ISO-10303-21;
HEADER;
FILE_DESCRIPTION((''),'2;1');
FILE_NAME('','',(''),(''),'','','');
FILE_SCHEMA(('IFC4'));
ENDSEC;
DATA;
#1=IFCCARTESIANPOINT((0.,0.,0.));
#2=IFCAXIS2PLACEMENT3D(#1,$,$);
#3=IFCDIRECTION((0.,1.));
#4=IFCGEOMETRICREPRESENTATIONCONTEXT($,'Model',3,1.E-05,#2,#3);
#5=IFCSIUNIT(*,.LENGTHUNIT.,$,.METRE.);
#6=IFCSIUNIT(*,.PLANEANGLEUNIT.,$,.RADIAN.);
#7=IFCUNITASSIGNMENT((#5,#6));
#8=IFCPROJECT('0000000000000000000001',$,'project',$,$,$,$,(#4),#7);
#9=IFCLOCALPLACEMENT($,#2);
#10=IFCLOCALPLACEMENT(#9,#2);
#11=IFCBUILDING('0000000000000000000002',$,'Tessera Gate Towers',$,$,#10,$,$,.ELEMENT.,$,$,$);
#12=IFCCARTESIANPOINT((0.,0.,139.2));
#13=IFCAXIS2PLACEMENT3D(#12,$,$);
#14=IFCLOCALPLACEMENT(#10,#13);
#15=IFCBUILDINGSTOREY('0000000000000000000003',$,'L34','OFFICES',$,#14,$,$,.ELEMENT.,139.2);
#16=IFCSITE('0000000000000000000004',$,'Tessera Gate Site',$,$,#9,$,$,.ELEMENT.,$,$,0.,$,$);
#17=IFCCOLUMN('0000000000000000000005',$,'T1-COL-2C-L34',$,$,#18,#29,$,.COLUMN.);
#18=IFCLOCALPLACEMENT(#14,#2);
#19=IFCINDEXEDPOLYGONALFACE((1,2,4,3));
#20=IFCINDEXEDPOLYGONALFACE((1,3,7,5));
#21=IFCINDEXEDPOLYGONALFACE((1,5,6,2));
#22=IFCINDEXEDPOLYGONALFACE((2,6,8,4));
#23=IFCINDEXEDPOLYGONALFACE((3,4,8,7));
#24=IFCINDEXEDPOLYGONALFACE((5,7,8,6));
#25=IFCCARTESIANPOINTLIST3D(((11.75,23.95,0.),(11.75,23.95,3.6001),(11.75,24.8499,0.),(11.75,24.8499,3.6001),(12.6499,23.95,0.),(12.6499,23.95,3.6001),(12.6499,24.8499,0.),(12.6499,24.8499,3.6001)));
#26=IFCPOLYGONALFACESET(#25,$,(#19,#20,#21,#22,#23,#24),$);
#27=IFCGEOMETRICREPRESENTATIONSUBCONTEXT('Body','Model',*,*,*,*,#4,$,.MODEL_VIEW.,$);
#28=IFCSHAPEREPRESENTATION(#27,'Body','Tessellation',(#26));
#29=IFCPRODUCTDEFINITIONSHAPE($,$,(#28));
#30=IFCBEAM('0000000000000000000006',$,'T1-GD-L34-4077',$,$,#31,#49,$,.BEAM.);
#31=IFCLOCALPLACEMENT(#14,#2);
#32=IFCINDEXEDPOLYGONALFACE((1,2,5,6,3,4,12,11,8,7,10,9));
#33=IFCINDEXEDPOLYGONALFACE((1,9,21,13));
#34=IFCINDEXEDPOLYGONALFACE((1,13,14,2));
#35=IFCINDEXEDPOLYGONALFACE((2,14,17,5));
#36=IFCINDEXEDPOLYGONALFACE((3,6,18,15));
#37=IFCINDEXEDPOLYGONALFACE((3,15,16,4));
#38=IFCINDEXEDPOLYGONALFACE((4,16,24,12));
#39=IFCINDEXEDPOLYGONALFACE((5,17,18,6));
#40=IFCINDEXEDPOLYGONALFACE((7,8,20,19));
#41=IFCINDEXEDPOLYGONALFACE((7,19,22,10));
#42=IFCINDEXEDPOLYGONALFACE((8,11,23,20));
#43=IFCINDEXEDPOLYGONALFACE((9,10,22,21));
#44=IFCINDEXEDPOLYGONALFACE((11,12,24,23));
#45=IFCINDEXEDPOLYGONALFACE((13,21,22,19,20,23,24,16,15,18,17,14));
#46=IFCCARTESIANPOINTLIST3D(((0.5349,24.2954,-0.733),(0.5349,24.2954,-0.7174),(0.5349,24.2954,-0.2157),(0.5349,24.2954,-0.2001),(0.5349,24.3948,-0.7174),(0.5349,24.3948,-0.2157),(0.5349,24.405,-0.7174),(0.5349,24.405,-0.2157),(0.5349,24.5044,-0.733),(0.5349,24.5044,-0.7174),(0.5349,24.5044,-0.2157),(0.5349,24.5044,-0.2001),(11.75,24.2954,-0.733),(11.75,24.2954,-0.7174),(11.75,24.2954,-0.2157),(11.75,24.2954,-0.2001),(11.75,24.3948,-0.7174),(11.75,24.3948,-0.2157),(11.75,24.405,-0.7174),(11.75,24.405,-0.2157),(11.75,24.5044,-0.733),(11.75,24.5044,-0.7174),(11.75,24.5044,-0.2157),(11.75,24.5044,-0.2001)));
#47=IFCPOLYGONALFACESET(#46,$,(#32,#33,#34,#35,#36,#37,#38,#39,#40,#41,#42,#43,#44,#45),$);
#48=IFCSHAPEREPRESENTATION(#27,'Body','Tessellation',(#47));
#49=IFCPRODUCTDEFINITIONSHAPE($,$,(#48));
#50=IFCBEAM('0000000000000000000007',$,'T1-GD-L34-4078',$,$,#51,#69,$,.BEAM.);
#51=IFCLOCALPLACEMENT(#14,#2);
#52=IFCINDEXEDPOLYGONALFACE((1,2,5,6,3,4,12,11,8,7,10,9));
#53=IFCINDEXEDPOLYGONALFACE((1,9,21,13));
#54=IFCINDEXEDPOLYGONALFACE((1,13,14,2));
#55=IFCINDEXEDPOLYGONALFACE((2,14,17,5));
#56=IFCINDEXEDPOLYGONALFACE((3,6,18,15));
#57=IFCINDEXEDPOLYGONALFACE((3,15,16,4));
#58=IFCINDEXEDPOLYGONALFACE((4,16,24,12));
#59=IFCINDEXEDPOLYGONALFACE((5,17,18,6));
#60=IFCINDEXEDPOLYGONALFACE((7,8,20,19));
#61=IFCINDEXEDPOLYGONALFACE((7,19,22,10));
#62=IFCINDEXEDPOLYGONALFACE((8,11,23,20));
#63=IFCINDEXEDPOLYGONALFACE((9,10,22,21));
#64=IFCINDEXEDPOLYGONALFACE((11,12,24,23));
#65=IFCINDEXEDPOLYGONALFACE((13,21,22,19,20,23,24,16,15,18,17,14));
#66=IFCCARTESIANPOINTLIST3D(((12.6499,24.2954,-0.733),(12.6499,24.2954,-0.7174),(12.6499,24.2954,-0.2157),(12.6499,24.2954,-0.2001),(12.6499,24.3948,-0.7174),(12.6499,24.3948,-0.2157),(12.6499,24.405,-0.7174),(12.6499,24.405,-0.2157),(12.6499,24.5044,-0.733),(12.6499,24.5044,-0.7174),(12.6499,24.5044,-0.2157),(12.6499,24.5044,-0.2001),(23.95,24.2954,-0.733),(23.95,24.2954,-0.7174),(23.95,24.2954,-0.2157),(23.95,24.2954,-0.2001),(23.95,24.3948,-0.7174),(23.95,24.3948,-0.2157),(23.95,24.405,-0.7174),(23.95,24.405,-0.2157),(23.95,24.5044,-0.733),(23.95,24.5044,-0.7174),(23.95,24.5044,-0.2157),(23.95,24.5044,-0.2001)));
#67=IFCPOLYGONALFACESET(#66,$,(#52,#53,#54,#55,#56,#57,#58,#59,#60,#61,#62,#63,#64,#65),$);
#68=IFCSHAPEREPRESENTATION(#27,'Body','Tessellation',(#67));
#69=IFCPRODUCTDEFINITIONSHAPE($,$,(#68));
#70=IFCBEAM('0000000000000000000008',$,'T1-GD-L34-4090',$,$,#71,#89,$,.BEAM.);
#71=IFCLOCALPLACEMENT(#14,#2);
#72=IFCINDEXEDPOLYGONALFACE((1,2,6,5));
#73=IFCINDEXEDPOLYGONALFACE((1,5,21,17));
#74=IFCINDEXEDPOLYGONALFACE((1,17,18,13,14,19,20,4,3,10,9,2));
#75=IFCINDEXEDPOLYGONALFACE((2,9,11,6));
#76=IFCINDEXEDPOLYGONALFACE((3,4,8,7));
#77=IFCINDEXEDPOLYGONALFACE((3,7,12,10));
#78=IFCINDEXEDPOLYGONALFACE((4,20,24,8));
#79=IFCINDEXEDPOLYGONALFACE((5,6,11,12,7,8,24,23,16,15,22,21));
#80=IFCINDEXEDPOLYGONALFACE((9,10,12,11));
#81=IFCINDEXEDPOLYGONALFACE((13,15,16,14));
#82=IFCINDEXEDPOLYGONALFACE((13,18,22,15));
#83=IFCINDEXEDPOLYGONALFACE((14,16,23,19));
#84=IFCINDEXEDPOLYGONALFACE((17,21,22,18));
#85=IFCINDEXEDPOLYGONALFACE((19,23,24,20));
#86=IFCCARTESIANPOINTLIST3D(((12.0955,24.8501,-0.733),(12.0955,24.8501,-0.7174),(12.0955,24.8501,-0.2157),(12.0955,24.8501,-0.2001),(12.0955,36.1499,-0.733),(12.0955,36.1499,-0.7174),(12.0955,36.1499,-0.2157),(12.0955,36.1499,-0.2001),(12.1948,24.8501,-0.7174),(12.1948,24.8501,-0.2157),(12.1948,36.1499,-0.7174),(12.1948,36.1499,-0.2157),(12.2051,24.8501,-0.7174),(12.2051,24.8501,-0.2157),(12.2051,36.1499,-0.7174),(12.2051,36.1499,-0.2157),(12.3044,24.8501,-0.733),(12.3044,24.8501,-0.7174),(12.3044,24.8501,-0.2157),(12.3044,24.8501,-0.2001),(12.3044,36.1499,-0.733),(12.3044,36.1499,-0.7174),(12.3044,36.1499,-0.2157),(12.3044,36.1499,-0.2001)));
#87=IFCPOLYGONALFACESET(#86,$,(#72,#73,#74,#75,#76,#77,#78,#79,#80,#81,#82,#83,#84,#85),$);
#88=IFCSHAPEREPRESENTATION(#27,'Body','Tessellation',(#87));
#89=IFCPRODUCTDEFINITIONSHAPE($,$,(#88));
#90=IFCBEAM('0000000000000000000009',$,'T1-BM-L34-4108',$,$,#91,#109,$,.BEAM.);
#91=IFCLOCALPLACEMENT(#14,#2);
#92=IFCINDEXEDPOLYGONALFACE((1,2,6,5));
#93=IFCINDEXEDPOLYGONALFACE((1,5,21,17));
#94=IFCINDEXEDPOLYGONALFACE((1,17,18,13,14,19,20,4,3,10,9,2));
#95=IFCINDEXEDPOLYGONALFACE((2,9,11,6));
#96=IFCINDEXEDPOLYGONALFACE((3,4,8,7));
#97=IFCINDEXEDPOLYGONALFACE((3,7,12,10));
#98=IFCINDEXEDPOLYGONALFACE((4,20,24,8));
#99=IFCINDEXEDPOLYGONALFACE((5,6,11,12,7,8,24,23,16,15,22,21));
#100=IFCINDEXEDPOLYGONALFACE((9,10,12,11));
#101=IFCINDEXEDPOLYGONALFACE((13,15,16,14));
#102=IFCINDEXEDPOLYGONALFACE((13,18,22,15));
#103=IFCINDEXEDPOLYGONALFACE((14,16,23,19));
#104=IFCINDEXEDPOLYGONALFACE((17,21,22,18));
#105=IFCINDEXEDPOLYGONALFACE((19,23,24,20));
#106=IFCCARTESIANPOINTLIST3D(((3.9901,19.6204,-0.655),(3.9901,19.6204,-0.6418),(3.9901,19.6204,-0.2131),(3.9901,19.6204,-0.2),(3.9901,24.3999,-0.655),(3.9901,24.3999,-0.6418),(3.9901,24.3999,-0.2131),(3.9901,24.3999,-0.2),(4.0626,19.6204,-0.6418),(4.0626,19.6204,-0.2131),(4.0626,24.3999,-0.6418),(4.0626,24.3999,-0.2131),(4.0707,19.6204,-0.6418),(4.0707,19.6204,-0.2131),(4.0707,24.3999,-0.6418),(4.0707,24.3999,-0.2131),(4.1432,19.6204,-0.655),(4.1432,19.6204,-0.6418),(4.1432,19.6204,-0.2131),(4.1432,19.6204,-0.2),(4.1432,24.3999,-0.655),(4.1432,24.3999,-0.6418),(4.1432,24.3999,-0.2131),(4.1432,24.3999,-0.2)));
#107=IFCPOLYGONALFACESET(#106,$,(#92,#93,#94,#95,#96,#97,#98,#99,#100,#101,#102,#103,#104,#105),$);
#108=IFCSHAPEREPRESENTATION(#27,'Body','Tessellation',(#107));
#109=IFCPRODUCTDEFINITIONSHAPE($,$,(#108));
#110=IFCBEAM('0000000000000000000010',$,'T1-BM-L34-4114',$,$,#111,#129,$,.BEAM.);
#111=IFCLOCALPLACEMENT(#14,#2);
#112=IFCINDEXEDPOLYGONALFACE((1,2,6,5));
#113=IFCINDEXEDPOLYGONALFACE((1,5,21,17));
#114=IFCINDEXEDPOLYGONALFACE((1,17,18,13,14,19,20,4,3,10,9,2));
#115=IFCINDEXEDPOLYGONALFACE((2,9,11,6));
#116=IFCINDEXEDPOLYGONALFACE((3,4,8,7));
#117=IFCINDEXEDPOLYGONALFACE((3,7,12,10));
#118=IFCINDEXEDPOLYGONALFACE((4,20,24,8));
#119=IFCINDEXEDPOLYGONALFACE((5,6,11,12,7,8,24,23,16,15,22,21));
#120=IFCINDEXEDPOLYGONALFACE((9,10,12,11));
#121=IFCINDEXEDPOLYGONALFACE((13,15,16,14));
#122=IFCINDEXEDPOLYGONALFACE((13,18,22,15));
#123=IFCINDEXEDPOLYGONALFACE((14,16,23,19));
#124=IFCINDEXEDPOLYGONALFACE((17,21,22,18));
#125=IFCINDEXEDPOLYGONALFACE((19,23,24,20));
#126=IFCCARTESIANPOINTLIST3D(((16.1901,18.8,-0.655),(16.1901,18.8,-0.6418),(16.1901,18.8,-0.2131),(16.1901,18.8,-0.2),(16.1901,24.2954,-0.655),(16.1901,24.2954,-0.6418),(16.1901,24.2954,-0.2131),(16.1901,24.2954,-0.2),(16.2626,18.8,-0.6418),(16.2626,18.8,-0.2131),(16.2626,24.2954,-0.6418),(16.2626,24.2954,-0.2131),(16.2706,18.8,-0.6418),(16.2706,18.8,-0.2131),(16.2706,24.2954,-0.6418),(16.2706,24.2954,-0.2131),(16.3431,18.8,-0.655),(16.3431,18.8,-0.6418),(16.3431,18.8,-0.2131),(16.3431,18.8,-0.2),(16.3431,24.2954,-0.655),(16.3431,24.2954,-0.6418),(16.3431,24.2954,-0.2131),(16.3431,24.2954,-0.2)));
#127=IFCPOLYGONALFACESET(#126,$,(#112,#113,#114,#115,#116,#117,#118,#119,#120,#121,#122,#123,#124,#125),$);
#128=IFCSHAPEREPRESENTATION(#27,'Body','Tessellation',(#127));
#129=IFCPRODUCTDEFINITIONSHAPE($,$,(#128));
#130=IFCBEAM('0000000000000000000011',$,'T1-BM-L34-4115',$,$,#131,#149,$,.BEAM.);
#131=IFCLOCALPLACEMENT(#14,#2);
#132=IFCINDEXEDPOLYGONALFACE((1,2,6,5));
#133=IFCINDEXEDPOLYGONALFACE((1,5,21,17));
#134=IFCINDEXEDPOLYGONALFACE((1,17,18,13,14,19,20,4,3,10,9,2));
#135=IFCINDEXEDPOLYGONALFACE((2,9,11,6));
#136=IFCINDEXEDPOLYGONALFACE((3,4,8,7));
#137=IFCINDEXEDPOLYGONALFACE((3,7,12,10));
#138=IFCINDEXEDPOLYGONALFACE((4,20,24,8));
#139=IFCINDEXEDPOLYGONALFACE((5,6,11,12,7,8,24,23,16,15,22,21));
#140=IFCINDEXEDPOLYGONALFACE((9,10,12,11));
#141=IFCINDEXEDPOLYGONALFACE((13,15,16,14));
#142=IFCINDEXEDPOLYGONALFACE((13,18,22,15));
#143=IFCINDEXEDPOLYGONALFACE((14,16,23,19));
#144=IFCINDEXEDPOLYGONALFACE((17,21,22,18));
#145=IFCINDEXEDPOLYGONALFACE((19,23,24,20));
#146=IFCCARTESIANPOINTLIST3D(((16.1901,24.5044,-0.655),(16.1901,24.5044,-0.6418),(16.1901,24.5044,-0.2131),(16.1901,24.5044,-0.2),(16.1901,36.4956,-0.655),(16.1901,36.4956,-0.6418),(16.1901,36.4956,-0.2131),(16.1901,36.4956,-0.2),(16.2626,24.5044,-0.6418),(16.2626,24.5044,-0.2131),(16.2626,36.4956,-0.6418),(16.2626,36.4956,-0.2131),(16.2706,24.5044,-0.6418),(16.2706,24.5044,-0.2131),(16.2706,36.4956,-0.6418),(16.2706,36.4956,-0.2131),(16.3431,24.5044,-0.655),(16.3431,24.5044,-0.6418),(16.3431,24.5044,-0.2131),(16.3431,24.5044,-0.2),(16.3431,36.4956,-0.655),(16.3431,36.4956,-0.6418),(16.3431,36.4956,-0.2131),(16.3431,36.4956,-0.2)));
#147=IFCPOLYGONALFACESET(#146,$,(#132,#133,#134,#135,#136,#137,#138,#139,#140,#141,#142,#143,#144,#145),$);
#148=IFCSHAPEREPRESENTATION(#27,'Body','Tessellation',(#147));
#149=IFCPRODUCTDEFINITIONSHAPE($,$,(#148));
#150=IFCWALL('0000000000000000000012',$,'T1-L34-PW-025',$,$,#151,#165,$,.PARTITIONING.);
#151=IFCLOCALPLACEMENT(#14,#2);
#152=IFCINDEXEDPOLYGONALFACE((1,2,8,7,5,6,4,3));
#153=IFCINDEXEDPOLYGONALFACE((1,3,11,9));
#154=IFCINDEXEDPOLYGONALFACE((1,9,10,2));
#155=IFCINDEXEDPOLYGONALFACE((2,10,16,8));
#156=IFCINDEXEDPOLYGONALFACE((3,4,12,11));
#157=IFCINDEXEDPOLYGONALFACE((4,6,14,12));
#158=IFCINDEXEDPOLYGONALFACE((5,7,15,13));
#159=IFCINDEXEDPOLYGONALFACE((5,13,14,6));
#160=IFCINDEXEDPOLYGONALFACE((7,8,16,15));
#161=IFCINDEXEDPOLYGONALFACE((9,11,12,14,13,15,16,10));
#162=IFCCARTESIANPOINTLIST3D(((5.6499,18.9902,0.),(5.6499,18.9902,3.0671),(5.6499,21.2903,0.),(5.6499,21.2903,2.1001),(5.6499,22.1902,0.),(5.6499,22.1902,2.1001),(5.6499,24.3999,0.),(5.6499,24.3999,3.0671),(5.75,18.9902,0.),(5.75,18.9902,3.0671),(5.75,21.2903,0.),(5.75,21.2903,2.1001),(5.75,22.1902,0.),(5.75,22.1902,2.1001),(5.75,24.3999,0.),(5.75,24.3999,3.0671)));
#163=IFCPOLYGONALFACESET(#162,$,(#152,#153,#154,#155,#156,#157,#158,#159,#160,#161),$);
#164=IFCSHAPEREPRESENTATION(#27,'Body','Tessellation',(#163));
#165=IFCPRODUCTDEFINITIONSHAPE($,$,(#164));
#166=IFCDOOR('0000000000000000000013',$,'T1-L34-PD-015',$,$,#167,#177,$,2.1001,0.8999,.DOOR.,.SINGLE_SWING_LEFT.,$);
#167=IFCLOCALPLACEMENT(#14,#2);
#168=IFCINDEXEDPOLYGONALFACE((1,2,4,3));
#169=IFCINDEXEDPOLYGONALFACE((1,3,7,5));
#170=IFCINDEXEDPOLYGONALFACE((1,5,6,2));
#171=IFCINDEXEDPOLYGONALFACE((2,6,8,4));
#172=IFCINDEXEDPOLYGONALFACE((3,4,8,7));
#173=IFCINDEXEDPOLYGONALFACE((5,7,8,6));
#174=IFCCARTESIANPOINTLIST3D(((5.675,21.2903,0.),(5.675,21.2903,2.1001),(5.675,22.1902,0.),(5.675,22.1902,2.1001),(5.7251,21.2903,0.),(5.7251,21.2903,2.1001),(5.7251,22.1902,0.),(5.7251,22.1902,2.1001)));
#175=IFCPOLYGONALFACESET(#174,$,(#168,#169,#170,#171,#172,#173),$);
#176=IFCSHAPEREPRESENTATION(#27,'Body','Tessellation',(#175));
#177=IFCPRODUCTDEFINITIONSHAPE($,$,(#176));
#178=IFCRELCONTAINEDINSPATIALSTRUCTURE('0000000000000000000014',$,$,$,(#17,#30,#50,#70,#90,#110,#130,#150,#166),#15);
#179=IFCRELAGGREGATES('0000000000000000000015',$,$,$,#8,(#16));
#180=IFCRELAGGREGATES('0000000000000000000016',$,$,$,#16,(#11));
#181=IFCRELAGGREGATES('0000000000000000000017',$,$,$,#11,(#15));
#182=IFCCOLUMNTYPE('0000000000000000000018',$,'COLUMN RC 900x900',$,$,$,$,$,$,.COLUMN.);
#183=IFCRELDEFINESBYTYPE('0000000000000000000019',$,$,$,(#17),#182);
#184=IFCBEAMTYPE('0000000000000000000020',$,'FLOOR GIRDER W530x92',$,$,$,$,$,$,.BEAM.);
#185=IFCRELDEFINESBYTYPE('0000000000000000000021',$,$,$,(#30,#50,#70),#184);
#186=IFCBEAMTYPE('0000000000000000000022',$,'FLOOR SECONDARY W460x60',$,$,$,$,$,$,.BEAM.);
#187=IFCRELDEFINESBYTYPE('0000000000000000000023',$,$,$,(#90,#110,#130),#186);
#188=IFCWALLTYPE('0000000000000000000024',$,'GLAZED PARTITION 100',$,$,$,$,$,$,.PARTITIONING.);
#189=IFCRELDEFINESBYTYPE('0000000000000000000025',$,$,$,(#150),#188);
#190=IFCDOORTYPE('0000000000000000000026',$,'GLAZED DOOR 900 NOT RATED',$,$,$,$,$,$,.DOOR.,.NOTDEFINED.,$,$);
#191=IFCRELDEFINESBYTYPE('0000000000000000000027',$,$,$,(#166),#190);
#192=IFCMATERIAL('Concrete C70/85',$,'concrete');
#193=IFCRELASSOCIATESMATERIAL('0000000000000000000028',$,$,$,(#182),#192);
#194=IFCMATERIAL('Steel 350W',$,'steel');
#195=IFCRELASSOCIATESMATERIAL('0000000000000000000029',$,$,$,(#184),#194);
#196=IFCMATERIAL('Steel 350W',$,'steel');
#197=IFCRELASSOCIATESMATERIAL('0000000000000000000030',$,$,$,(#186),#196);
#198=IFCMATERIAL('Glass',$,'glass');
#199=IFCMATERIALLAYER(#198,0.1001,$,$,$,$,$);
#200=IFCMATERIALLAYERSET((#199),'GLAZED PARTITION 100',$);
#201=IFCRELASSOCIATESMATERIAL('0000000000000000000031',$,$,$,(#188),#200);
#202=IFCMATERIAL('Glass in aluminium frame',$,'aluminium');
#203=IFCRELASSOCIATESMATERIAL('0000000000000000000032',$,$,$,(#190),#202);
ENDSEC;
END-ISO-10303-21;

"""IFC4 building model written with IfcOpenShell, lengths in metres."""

from ifc_helpers import new_model, si_unit, direction, frame, frame_2d, origin, origin_2d, place, context, subcontext, project, spatial, rectangle, i_section, extrude, source, transform, mapped, material, layer, layer_set, material_profile, profile_set, type_object, element, fill, save


model = new_model("IFC4")

# Units and contexts
model_context = context("Model", 3, precision=1e-05, world=origin(), true_north=direction((0.0, 1.0)))
body_context = subcontext(model_context, "Body", "Model", "MODEL_VIEW")
ifc_project = project(units=[si_unit("LENGTHUNIT", "METRE"), si_unit("PLANEANGLEUNIT", "RADIAN")], contexts=[model_context])

# Site, building, storey
site_placement = place(None, origin())
site = spatial("IfcSite", under=ifc_project, at=site_placement, Name="Tessera Gate Site", CompositionType="ELEMENT", RefElevation=0.0)
building_placement = place(site_placement, origin())
building = spatial("IfcBuilding", under=site, at=building_placement, Name="Tessera Gate Towers", CompositionType="ELEMENT")
storey_placement = place(building_placement, frame((0.0, 0.0, 139.2)))
storey = spatial("IfcBuildingStorey", under=building, at=storey_placement, Name="L34", Description="OFFICES", CompositionType="ELEMENT", Elevation=139.2)

# Column
ifc_material_1 = material(Name="Concrete C70/85", Category="concrete")
ifc_material_profile_1 = material_profile(ifc_material_1, rectangle(XDim=0.8999, YDim=0.8999, at=origin_2d()), Name="RC 900x900")
ifc_profile_set_1 = profile_set([ifc_material_profile_1], Name="Concrete C70/85")
column_type = type_object("IfcColumnType", Name="COLUMN RC 900x900", PredefinedType="COLUMN", material=ifc_profile_set_1)
column_placement = place(storey_placement, frame((12.2, 24.3999, 0.0), z_axis=(0.0, 0.0, 1.0), x_axis=(1.0, 0.0, 0.0)))
element("IfcColumn", 1, at=column_placement, inside=storey, type_object=column_type, Name="T1-COL-2C-L34", PredefinedType="COLUMN", context=body_context, shape_type="SweptSolid", body=[
    extrude(rectangle(XDim=0.8999, YDim=0.8999, at=origin_2d()), origin(), (0.0, 0.0, 1.0), 3.6001),
])

# Beams
ifc_material_2 = material(Name="Steel 350W", Category="steel")
ifc_material_profile_2 = material_profile(ifc_material_2, i_section(OverallWidth=0.209, OverallDepth=0.533, WebThickness=0.0103, FlangeThickness=0.0156, at=origin_2d()), Name="W530x92")
ifc_profile_set_2 = profile_set([ifc_material_profile_2], Name="Steel 350W")
beam_type_1 = type_object("IfcBeamType", Name="FLOOR GIRDER W530x92", PredefinedType="BEAM", material=ifc_profile_set_2)
beam_1_placement = place(storey_placement, frame((0.5349, 24.3999, -0.4666), z_axis=(1.0, 0.0, 0.0), x_axis=(0.0, 1.0, 0.0)))
element("IfcBeam", 2, at=beam_1_placement, inside=storey, type_object=beam_type_1, Name="T1-GD-L34-4077", PredefinedType="BEAM", context=body_context, shape_type="SweptSolid", body=[
    extrude(i_section(OverallWidth=0.209, OverallDepth=0.533, WebThickness=0.0103, FlangeThickness=0.0156, at=origin_2d()), origin(), (0.0, 0.0, 1.0), 11.2151),
])
beam_2_placement = place(storey_placement, frame((12.6499, 24.3999, -0.4666), z_axis=(1.0, 0.0, 0.0), x_axis=(0.0, 1.0, 0.0)))
element("IfcBeam", 3, at=beam_2_placement, inside=storey, type_object=beam_type_1, Name="T1-GD-L34-4078", PredefinedType="BEAM", context=body_context, shape_type="SweptSolid", body=[
    extrude(i_section(OverallWidth=0.209, OverallDepth=0.533, WebThickness=0.0103, FlangeThickness=0.0156, at=origin_2d()), origin(), (0.0, 0.0, 1.0), 11.3),
])
beam_3_placement = place(storey_placement, frame((12.2, 24.8501, -0.4666), z_axis=(0.0, 1.0, 0.0), x_axis=(-1.0, 0.0, 0.0)))
element("IfcBeam", 4, at=beam_3_placement, inside=storey, type_object=beam_type_1, Name="T1-GD-L34-4090", PredefinedType="BEAM", context=body_context, shape_type="SweptSolid", body=[
    extrude(i_section(OverallWidth=0.209, OverallDepth=0.533, WebThickness=0.0103, FlangeThickness=0.0156, at=origin_2d()), origin(), (0.0, 0.0, 1.0), 11.2998),
])
ifc_material_3 = material(Name="Steel 350W", Category="steel")
ifc_material_profile_3 = material_profile(ifc_material_3, i_section(OverallWidth=0.1531, OverallDepth=0.4551, WebThickness=0.0081, FlangeThickness=0.0132, at=origin_2d()), Name="W460x60")
ifc_profile_set_3 = profile_set([ifc_material_profile_3], Name="Steel 350W")
beam_type_2 = type_object("IfcBeamType", Name="FLOOR SECONDARY W460x60", PredefinedType="BEAM", material=ifc_profile_set_3)
beam_4_placement = place(storey_placement, frame((4.0667, 19.6204, -0.4275), z_axis=(0.0, 1.0, 0.0), x_axis=(-1.0, 0.0, 0.0)))
element("IfcBeam", 5, at=beam_4_placement, inside=storey, type_object=beam_type_2, Name="T1-BM-L34-4108", PredefinedType="BEAM", context=body_context, shape_type="SweptSolid", body=[
    extrude(i_section(OverallWidth=0.1531, OverallDepth=0.4551, WebThickness=0.0081, FlangeThickness=0.0132, at=origin_2d()), origin(), (0.0, 0.0, 1.0), 4.7795),
])
beam_5_placement = place(storey_placement, frame((16.2666, 18.8, -0.4275), z_axis=(0.0, 1.0, 0.0), x_axis=(-1.0, 0.0, 0.0)))
element("IfcBeam", 6, at=beam_5_placement, inside=storey, type_object=beam_type_2, Name="T1-BM-L34-4114", PredefinedType="BEAM", context=body_context, shape_type="SweptSolid", body=[
    extrude(i_section(OverallWidth=0.1531, OverallDepth=0.4551, WebThickness=0.0081, FlangeThickness=0.0132, at=origin_2d()), origin(), (0.0, 0.0, 1.0), 5.4954),
])
beam_6_placement = place(storey_placement, frame((16.2666, 24.5044, -0.4275), z_axis=(0.0, 1.0, 0.0), x_axis=(-1.0, 0.0, 0.0)))
element("IfcBeam", 7, at=beam_6_placement, inside=storey, type_object=beam_type_2, Name="T1-BM-L34-4115", PredefinedType="BEAM", context=body_context, shape_type="SweptSolid", body=[
    extrude(i_section(OverallWidth=0.1531, OverallDepth=0.4551, WebThickness=0.0081, FlangeThickness=0.0132, at=origin_2d()), origin(), (0.0, 0.0, 1.0), 11.9912),
])

# Wall, opening, door
ifc_material_4 = material(Name="Glass", Category="glass")
ifc_layer_1 = layer(ifc_material_4, 0.1001)
ifc_layer_set_1 = layer_set([ifc_layer_1], Name="GLAZED PARTITION 100")
wall_type_1 = type_object("IfcWallType", Name="GLAZED PARTITION 100", PredefinedType="PARTITIONING", material=ifc_layer_set_1)
wall_1_placement = place(storey_placement, frame((5.7, 18.9902, 0.0), z_axis=(0.0, 0.0, 1.0), x_axis=(0.0, 1.0, 0.0)))
wall_1 = element("IfcWall", 8, at=wall_1_placement, inside=storey, type_object=wall_type_1, Name="T1-L34-PW-025", PredefinedType="PARTITIONING", context=body_context, shape_type="SweptSolid", body=[
    extrude(rectangle(XDim=5.4097, YDim=0.1001, at=frame_2d((2.7048, 0.0))), origin(), (0.0, 0.0, 1.0), 3.0671),
])
shared_shape_1 = source(origin(), body_context, "Body", "SweptSolid", [
    extrude(rectangle(XDim=0.8999, YDim=2.1001, at=frame_2d((0.45, 1.05))), frame((0.0, 0.0601, 0.0), z_axis=(0.0, -1.0, 0.0), x_axis=(1.0, 0.0, 0.0)), (0.0, 0.0, 1.0), 0.1201),
])
opening_1_placement = place(wall_1_placement, frame((2.3, 0.0, 0.0)))
opening_1 = element("IfcOpeningElement", 9, at=opening_1_placement, cuts=wall_1, PredefinedType="OPENING", context=body_context, shape_type="MappedRepresentation", body=[
    mapped(shared_shape_1, transform((0.0, 0.0, 0.0), scale=1.0)),
])
ifc_material_5 = material(Name="Glass in aluminium frame", Category="aluminium")
door_type_1 = type_object("IfcDoorType", Name="GLAZED DOOR 900 NOT RATED", OperationType="NOTDEFINED", PredefinedType="DOOR", material=ifc_material_5)
shared_shape_2 = source(origin(), body_context, "Body", "SweptSolid", [
    extrude(rectangle(XDim=0.8999, YDim=2.1001, at=frame_2d((0.45, 1.05))), frame((0.0, 0.0249, 0.0), z_axis=(0.0, -1.0, 0.0), x_axis=(1.0, 0.0, 0.0)), (0.0, 0.0, 1.0), 0.05),
])
door_1_placement = place(opening_1_placement, origin())
door_1 = element("IfcDoor", 10, at=door_1_placement, inside=storey, type_object=door_type_1, Name="T1-L34-PD-015", OperationType="SINGLE_SWING_LEFT", OverallHeight=2.1001, OverallWidth=0.8999, PredefinedType="DOOR", context=body_context, shape_type="MappedRepresentation", body=[
    mapped(shared_shape_2, transform((0.0, 0.0, 0.0), scale=1.0)),
])
fill(opening_1, door_1)

save(model, "model.ifc")
